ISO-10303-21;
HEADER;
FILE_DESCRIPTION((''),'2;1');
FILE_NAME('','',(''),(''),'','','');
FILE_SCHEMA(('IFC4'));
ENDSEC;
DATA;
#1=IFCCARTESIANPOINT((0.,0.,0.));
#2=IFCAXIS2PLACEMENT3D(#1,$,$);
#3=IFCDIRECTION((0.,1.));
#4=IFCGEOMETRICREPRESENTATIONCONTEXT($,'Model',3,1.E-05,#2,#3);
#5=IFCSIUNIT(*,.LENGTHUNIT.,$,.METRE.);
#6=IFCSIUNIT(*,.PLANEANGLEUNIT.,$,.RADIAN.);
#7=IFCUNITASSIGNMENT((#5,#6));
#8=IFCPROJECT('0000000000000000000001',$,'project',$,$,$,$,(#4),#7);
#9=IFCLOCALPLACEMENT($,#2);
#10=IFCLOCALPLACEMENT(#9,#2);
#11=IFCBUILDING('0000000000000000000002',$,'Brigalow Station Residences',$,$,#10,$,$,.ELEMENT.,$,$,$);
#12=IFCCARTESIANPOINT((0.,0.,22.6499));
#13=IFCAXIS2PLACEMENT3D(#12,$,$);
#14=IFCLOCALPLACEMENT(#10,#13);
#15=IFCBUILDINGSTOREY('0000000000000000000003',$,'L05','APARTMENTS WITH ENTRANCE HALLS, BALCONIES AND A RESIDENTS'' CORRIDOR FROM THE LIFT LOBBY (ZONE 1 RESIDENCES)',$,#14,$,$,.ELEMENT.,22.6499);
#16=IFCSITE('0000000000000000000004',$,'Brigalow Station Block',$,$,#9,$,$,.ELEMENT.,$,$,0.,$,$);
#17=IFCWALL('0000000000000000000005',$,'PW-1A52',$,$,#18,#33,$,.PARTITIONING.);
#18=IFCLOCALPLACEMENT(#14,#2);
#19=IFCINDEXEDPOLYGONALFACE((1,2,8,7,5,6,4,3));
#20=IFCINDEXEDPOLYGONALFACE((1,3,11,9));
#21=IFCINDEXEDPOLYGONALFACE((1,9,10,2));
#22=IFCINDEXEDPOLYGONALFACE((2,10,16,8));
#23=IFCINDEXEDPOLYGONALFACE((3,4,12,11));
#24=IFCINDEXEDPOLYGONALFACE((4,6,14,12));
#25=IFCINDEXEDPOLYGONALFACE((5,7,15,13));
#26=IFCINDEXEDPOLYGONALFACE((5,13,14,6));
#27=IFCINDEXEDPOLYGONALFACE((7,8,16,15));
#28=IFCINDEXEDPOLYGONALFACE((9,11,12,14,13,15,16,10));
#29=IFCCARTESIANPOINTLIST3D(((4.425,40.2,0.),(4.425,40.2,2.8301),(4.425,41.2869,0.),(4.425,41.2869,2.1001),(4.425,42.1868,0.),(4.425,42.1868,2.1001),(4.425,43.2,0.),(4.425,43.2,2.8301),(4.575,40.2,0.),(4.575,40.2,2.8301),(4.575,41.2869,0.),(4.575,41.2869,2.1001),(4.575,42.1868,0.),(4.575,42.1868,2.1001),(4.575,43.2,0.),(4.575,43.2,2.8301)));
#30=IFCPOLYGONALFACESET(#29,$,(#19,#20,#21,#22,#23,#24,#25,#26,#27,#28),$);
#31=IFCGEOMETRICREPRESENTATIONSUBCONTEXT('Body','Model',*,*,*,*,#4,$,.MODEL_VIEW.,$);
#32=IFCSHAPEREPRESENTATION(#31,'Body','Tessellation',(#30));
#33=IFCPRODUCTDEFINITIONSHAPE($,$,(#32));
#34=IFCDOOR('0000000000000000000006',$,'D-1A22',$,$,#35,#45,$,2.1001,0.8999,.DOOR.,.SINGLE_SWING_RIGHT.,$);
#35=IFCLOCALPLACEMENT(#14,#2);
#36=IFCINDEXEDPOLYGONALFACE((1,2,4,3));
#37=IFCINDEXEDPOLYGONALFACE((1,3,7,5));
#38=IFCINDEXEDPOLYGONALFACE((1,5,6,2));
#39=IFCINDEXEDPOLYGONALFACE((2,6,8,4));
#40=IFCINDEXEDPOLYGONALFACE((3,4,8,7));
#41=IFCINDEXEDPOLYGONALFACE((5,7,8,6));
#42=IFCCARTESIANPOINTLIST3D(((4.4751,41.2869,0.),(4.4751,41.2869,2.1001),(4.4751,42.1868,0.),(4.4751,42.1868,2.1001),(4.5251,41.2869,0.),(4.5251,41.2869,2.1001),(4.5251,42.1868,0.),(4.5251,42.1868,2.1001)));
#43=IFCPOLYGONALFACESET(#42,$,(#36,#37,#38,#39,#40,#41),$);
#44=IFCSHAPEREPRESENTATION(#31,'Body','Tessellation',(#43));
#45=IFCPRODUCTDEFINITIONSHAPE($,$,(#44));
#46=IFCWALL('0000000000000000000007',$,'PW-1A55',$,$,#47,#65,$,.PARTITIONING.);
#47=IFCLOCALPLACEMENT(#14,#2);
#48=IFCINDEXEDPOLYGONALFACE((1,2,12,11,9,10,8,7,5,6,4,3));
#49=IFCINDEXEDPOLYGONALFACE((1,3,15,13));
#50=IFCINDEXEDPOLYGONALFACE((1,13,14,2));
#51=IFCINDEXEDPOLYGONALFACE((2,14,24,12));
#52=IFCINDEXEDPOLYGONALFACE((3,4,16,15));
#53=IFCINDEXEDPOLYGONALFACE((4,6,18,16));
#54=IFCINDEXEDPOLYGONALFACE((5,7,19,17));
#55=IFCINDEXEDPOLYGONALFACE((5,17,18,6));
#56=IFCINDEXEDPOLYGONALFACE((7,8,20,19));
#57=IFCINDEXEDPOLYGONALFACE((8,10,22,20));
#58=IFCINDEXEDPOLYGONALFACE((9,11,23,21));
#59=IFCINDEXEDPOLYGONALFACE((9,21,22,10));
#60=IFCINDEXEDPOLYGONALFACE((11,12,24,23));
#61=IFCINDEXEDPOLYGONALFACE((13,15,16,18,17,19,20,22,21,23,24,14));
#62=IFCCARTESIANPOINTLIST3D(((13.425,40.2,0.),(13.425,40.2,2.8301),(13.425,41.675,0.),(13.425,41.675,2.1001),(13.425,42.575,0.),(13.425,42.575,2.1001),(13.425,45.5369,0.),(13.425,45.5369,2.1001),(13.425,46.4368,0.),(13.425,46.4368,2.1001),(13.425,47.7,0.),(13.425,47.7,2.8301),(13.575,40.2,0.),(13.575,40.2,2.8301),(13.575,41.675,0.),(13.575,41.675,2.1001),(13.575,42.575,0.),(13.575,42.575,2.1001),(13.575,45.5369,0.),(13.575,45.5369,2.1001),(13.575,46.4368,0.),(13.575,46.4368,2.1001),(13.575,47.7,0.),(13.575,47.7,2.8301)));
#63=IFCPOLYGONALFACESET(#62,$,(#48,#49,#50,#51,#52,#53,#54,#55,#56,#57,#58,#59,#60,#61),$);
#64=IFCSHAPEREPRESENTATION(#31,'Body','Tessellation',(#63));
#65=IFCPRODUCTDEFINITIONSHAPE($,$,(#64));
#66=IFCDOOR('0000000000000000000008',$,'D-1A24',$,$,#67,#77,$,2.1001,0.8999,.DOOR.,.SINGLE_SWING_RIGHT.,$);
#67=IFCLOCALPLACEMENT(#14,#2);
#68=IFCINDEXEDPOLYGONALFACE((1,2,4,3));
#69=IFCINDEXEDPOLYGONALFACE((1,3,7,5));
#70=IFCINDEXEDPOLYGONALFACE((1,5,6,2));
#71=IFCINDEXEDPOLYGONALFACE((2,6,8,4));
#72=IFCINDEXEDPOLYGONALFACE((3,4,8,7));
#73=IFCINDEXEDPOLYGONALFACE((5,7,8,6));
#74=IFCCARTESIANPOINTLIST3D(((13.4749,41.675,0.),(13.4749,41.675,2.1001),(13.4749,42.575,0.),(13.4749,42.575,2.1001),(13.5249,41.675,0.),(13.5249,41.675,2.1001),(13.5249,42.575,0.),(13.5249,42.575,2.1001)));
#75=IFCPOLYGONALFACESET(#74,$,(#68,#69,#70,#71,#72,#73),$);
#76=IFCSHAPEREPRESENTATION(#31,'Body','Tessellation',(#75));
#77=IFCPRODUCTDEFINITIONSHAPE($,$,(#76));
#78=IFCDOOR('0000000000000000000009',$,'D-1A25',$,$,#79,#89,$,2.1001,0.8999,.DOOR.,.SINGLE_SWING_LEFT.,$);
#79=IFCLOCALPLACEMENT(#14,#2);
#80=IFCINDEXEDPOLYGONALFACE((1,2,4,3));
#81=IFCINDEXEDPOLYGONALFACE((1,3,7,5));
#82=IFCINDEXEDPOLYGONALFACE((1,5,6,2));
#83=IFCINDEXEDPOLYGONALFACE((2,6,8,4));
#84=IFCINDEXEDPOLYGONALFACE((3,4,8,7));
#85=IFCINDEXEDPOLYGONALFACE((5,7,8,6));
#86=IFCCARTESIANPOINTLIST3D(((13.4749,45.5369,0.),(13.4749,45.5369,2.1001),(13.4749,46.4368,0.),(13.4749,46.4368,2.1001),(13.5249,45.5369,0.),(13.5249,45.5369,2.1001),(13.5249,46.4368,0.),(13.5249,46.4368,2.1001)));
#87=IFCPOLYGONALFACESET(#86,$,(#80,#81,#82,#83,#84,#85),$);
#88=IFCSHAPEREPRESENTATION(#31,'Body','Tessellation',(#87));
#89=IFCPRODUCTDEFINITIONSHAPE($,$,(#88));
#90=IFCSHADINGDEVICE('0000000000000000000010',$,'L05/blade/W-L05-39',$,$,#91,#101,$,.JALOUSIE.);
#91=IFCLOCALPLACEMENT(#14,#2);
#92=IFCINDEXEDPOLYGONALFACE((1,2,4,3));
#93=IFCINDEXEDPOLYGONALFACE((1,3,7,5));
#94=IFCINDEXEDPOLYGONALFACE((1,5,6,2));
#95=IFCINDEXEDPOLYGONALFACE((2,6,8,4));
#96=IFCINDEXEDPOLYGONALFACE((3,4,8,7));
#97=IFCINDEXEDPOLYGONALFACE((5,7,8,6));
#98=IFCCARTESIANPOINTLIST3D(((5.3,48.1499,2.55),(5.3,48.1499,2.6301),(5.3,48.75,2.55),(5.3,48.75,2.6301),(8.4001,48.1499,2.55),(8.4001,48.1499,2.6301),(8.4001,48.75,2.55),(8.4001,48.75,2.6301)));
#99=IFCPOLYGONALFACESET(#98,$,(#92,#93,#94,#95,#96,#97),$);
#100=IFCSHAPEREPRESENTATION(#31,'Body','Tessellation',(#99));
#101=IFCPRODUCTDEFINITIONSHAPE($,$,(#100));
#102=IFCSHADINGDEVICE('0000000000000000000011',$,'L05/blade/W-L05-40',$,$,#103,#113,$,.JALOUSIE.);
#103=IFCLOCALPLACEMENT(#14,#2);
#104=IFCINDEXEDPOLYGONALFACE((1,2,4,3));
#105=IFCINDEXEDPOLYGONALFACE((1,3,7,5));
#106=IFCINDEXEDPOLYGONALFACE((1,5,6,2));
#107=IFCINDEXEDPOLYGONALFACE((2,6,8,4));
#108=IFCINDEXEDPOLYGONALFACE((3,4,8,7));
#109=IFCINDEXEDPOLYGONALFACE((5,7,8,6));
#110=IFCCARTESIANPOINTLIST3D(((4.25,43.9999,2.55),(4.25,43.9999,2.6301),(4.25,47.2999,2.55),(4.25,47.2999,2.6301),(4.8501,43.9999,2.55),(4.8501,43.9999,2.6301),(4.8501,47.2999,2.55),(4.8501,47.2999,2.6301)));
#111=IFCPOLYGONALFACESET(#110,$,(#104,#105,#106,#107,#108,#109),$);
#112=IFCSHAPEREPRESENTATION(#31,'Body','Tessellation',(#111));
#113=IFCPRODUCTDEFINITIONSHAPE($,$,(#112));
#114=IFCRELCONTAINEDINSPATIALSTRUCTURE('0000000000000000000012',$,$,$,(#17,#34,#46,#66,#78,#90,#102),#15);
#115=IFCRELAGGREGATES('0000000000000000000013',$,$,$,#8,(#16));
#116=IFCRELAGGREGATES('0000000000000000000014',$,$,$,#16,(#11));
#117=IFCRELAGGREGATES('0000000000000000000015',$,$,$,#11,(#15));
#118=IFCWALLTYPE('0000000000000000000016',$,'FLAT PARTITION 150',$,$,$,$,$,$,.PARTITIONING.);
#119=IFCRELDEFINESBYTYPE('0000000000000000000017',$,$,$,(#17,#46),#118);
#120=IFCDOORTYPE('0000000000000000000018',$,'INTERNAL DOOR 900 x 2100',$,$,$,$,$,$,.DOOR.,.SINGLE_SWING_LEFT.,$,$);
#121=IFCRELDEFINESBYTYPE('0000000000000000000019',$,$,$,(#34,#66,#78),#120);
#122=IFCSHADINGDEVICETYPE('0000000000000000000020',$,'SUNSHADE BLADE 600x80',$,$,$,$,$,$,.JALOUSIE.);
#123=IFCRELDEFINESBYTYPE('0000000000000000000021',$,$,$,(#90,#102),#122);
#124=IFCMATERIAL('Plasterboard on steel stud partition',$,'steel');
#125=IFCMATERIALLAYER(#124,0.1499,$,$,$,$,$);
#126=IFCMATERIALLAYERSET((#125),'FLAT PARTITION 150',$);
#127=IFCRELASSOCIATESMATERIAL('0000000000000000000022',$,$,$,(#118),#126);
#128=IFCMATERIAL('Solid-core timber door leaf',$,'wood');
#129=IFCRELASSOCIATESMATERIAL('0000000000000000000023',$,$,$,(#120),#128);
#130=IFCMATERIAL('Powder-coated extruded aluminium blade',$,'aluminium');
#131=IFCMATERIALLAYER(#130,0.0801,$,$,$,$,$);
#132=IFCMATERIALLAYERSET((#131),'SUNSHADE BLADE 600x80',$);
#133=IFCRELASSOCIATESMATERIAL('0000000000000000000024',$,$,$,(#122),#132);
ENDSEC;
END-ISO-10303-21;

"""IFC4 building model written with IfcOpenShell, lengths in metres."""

from ifc_helpers import new_model, si_unit, direction, frame, frame_2d, origin, origin_2d, place, context, subcontext, project, spatial, rectangle, extrude, material, layer, layer_set, type_object, element, fill, save


model = new_model("IFC4")

# Units and contexts
model_context = context("Model", 3, precision=1e-05, world=origin(), true_north=direction((0.0, 1.0)))
body_context = subcontext(model_context, "Body", "Model", "MODEL_VIEW")
ifc_project = project(units=[si_unit("LENGTHUNIT", "METRE"), si_unit("PLANEANGLEUNIT", "RADIAN")], contexts=[model_context])

# Site, building, storey
site_placement = place(None, origin())
site = spatial("IfcSite", under=ifc_project, at=site_placement, Name="Brigalow Station Block", CompositionType="ELEMENT", RefElevation=0.0)
building_placement = place(site_placement, origin())
building = spatial("IfcBuilding", under=site, at=building_placement, Name="Brigalow Station Residences", CompositionType="ELEMENT")
storey_placement = place(building_placement, frame((0.0, 0.0, 22.6499)))
storey = spatial("IfcBuildingStorey", under=building, at=storey_placement, Name="L05", Description="APARTMENTS WITH ENTRANCE HALLS, BALCONIES AND A RESIDENTS' CORRIDOR FROM THE LIFT LOBBY (ZONE 1 RESIDENCES)", CompositionType="ELEMENT", Elevation=22.6499)

# Shared definitions
ifc_material_1 = material(Name="Plasterboard on steel stud partition", Category="steel")
ifc_layer_1 = layer(ifc_material_1, 0.1499)
ifc_layer_set_1 = layer_set([ifc_layer_1], Name="FLAT PARTITION 150")
wall_type_1 = type_object("IfcWallType", Name="FLAT PARTITION 150", PredefinedType="PARTITIONING", material=ifc_layer_set_1)

# Wall, opening, door
wall_1_placement = place(storey_placement, frame((4.5, 40.2, 0.0), z_axis=(0.0, 0.0, 1.0), x_axis=(0.0, 1.0, 0.0)))
wall_1 = element("IfcWall", 1, at=wall_1_placement, inside=storey, type_object=wall_type_1, Name="PW-1A52", PredefinedType="PARTITIONING", context=body_context, shape_type="SweptSolid", body=[
    extrude(rectangle(XDim=3.0, YDim=0.1499, at=frame_2d((1.5, 0.0))), origin(), (0.0, 0.0, 1.0), 2.8301),
])
opening_1_placement = place(wall_1_placement, frame((1.0869, 0.0, 0.0)))
opening_1 = element("IfcOpeningElement", 2, at=opening_1_placement, cuts=wall_1, PredefinedType="OPENING", context=body_context, shape_type="SweptSolid", body=[
    extrude(rectangle(XDim=0.8999, YDim=2.1001, at=frame_2d((0.45, 1.05))), frame((0.0, 0.085, 0.0), z_axis=(0.0, -1.0, 0.0), x_axis=(1.0, 0.0, 0.0)), (0.0, 0.0, 1.0), 0.1699),
])
ifc_material_2 = material(Name="Solid-core timber door leaf", Category="wood")
door_type_1 = type_object("IfcDoorType", Name="INTERNAL DOOR 900 x 2100", OperationType="SINGLE_SWING_LEFT", PredefinedType="DOOR", material=ifc_material_2)
door_1_placement = place(opening_1_placement, origin())
door_1 = element("IfcDoor", 3, at=door_1_placement, inside=storey, type_object=door_type_1, Name="D-1A22", OperationType="SINGLE_SWING_RIGHT", OverallHeight=2.1001, OverallWidth=0.8999, PredefinedType="DOOR", context=body_context, shape_type="SweptSolid", body=[
    extrude(rectangle(XDim=0.8999, YDim=2.1001, at=frame_2d((0.45, 1.05))), frame((0.0, 0.0249, 0.0), z_axis=(0.0, -1.0, 0.0), x_axis=(1.0, 0.0, 0.0)), (0.0, 0.0, 1.0), 0.05),
])
fill(opening_1, door_1)

# Wall, openings, doors
wall_2_placement = place(storey_placement, frame((13.5, 40.2, 0.0), z_axis=(0.0, 0.0, 1.0), x_axis=(0.0, 1.0, 0.0)))
wall_2 = element("IfcWall", 4, at=wall_2_placement, inside=storey, type_object=wall_type_1, Name="PW-1A55", PredefinedType="PARTITIONING", context=body_context, shape_type="SweptSolid", body=[
    extrude(rectangle(XDim=7.5, YDim=0.1499, at=frame_2d((3.75, 0.0))), origin(), (0.0, 0.0, 1.0), 2.8301),
])
opening_2_placement = place(wall_2_placement, frame((1.4751, 0.0, 0.0)))
opening_2 = element("IfcOpeningElement", 5, at=opening_2_placement, cuts=wall_2, PredefinedType="OPENING", context=body_context, shape_type="SweptSolid", body=[
    extrude(rectangle(XDim=0.8999, YDim=2.1001, at=frame_2d((0.45, 1.05))), frame((0.0, 0.085, 0.0), z_axis=(0.0, -1.0, 0.0), x_axis=(1.0, 0.0, 0.0)), (0.0, 0.0, 1.0), 0.1699),
])
opening_3_placement = place(wall_2_placement, frame((5.3369, 0.0, 0.0)))
opening_3 = element("IfcOpeningElement", 6, at=opening_3_placement, cuts=wall_2, PredefinedType="OPENING", context=body_context, shape_type="SweptSolid", body=[
    extrude(rectangle(XDim=0.8999, YDim=2.1001, at=frame_2d((0.45, 1.05))), frame((0.0, 0.085, 0.0), z_axis=(0.0, -1.0, 0.0), x_axis=(1.0, 0.0, 0.0)), (0.0, 0.0, 1.0), 0.1699),
])
door_2_placement = place(opening_2_placement, frame((0.8999, 0.0, 0.0), z_axis=(0.0, 0.0, 1.0), x_axis=(-1.0, 0.0, 0.0)))
door_2 = element("IfcDoor", 7, at=door_2_placement, inside=storey, type_object=door_type_1, Name="D-1A24", OperationType="SINGLE_SWING_RIGHT", OverallHeight=2.1001, OverallWidth=0.8999, PredefinedType="DOOR", context=body_context, shape_type="SweptSolid", body=[
    extrude(rectangle(XDim=0.8999, YDim=2.1001, at=frame_2d((0.45, 1.05))), frame((0.0, 0.0249, 0.0), z_axis=(0.0, -1.0, 0.0), x_axis=(1.0, 0.0, 0.0)), (0.0, 0.0, 1.0), 0.05),
])
fill(opening_2, door_2)
door_3_placement = place(opening_3_placement, frame((0.8999, 0.0, 0.0), z_axis=(0.0, 0.0, 1.0), x_axis=(-1.0, 0.0, 0.0)))
door_3 = element("IfcDoor", 8, at=door_3_placement, inside=storey, type_object=door_type_1, Name="D-1A25", OperationType="SINGLE_SWING_LEFT", OverallHeight=2.1001, OverallWidth=0.8999, PredefinedType="DOOR", context=body_context, shape_type="SweptSolid", body=[
    extrude(rectangle(XDim=0.8999, YDim=2.1001, at=frame_2d((0.45, 1.05))), frame((0.0, 0.0249, 0.0), z_axis=(0.0, -1.0, 0.0), x_axis=(1.0, 0.0, 0.0)), (0.0, 0.0, 1.0), 0.05),
])
fill(opening_3, door_3)

# Shading devices
ifc_material_3 = material(Name="Powder-coated extruded aluminium blade", Category="aluminium")
ifc_layer_2 = layer(ifc_material_3, 0.0801)
ifc_layer_set_2 = layer_set([ifc_layer_2], Name="SUNSHADE BLADE 600x80")
shading_device_type = type_object("IfcShadingDeviceType", Name="SUNSHADE BLADE 600x80", PredefinedType="JALOUSIE", material=ifc_layer_set_2)
shading_device_1_placement = place(storey_placement, frame((6.8501, 48.45, 2.55), z_axis=(0.0, 0.0, 1.0), x_axis=(-1.0, 0.0, 0.0)))
element("IfcShadingDevice", 9, at=shading_device_1_placement, inside=storey, type_object=shading_device_type, Name="L05/blade/W-L05-39", PredefinedType="JALOUSIE", context=body_context, shape_type="SweptSolid", body=[
    extrude(rectangle(XDim=3.1001, YDim=0.6001, at=origin_2d()), origin(), (0.0, 0.0, 1.0), 0.0801),
])
shading_device_2_placement = place(storey_placement, frame((4.55, 45.6499, 2.55), z_axis=(0.0, 0.0, 1.0), x_axis=(0.0, -1.0, 0.0)))
element("IfcShadingDevice", 10, at=shading_device_2_placement, inside=storey, type_object=shading_device_type, Name="L05/blade/W-L05-40", PredefinedType="JALOUSIE", context=body_context, shape_type="SweptSolid", body=[
    extrude(rectangle(XDim=3.3, YDim=0.6001, at=origin_2d()), origin(), (0.0, 0.0, 1.0), 0.0801),
])

save(model, "model.ifc")
